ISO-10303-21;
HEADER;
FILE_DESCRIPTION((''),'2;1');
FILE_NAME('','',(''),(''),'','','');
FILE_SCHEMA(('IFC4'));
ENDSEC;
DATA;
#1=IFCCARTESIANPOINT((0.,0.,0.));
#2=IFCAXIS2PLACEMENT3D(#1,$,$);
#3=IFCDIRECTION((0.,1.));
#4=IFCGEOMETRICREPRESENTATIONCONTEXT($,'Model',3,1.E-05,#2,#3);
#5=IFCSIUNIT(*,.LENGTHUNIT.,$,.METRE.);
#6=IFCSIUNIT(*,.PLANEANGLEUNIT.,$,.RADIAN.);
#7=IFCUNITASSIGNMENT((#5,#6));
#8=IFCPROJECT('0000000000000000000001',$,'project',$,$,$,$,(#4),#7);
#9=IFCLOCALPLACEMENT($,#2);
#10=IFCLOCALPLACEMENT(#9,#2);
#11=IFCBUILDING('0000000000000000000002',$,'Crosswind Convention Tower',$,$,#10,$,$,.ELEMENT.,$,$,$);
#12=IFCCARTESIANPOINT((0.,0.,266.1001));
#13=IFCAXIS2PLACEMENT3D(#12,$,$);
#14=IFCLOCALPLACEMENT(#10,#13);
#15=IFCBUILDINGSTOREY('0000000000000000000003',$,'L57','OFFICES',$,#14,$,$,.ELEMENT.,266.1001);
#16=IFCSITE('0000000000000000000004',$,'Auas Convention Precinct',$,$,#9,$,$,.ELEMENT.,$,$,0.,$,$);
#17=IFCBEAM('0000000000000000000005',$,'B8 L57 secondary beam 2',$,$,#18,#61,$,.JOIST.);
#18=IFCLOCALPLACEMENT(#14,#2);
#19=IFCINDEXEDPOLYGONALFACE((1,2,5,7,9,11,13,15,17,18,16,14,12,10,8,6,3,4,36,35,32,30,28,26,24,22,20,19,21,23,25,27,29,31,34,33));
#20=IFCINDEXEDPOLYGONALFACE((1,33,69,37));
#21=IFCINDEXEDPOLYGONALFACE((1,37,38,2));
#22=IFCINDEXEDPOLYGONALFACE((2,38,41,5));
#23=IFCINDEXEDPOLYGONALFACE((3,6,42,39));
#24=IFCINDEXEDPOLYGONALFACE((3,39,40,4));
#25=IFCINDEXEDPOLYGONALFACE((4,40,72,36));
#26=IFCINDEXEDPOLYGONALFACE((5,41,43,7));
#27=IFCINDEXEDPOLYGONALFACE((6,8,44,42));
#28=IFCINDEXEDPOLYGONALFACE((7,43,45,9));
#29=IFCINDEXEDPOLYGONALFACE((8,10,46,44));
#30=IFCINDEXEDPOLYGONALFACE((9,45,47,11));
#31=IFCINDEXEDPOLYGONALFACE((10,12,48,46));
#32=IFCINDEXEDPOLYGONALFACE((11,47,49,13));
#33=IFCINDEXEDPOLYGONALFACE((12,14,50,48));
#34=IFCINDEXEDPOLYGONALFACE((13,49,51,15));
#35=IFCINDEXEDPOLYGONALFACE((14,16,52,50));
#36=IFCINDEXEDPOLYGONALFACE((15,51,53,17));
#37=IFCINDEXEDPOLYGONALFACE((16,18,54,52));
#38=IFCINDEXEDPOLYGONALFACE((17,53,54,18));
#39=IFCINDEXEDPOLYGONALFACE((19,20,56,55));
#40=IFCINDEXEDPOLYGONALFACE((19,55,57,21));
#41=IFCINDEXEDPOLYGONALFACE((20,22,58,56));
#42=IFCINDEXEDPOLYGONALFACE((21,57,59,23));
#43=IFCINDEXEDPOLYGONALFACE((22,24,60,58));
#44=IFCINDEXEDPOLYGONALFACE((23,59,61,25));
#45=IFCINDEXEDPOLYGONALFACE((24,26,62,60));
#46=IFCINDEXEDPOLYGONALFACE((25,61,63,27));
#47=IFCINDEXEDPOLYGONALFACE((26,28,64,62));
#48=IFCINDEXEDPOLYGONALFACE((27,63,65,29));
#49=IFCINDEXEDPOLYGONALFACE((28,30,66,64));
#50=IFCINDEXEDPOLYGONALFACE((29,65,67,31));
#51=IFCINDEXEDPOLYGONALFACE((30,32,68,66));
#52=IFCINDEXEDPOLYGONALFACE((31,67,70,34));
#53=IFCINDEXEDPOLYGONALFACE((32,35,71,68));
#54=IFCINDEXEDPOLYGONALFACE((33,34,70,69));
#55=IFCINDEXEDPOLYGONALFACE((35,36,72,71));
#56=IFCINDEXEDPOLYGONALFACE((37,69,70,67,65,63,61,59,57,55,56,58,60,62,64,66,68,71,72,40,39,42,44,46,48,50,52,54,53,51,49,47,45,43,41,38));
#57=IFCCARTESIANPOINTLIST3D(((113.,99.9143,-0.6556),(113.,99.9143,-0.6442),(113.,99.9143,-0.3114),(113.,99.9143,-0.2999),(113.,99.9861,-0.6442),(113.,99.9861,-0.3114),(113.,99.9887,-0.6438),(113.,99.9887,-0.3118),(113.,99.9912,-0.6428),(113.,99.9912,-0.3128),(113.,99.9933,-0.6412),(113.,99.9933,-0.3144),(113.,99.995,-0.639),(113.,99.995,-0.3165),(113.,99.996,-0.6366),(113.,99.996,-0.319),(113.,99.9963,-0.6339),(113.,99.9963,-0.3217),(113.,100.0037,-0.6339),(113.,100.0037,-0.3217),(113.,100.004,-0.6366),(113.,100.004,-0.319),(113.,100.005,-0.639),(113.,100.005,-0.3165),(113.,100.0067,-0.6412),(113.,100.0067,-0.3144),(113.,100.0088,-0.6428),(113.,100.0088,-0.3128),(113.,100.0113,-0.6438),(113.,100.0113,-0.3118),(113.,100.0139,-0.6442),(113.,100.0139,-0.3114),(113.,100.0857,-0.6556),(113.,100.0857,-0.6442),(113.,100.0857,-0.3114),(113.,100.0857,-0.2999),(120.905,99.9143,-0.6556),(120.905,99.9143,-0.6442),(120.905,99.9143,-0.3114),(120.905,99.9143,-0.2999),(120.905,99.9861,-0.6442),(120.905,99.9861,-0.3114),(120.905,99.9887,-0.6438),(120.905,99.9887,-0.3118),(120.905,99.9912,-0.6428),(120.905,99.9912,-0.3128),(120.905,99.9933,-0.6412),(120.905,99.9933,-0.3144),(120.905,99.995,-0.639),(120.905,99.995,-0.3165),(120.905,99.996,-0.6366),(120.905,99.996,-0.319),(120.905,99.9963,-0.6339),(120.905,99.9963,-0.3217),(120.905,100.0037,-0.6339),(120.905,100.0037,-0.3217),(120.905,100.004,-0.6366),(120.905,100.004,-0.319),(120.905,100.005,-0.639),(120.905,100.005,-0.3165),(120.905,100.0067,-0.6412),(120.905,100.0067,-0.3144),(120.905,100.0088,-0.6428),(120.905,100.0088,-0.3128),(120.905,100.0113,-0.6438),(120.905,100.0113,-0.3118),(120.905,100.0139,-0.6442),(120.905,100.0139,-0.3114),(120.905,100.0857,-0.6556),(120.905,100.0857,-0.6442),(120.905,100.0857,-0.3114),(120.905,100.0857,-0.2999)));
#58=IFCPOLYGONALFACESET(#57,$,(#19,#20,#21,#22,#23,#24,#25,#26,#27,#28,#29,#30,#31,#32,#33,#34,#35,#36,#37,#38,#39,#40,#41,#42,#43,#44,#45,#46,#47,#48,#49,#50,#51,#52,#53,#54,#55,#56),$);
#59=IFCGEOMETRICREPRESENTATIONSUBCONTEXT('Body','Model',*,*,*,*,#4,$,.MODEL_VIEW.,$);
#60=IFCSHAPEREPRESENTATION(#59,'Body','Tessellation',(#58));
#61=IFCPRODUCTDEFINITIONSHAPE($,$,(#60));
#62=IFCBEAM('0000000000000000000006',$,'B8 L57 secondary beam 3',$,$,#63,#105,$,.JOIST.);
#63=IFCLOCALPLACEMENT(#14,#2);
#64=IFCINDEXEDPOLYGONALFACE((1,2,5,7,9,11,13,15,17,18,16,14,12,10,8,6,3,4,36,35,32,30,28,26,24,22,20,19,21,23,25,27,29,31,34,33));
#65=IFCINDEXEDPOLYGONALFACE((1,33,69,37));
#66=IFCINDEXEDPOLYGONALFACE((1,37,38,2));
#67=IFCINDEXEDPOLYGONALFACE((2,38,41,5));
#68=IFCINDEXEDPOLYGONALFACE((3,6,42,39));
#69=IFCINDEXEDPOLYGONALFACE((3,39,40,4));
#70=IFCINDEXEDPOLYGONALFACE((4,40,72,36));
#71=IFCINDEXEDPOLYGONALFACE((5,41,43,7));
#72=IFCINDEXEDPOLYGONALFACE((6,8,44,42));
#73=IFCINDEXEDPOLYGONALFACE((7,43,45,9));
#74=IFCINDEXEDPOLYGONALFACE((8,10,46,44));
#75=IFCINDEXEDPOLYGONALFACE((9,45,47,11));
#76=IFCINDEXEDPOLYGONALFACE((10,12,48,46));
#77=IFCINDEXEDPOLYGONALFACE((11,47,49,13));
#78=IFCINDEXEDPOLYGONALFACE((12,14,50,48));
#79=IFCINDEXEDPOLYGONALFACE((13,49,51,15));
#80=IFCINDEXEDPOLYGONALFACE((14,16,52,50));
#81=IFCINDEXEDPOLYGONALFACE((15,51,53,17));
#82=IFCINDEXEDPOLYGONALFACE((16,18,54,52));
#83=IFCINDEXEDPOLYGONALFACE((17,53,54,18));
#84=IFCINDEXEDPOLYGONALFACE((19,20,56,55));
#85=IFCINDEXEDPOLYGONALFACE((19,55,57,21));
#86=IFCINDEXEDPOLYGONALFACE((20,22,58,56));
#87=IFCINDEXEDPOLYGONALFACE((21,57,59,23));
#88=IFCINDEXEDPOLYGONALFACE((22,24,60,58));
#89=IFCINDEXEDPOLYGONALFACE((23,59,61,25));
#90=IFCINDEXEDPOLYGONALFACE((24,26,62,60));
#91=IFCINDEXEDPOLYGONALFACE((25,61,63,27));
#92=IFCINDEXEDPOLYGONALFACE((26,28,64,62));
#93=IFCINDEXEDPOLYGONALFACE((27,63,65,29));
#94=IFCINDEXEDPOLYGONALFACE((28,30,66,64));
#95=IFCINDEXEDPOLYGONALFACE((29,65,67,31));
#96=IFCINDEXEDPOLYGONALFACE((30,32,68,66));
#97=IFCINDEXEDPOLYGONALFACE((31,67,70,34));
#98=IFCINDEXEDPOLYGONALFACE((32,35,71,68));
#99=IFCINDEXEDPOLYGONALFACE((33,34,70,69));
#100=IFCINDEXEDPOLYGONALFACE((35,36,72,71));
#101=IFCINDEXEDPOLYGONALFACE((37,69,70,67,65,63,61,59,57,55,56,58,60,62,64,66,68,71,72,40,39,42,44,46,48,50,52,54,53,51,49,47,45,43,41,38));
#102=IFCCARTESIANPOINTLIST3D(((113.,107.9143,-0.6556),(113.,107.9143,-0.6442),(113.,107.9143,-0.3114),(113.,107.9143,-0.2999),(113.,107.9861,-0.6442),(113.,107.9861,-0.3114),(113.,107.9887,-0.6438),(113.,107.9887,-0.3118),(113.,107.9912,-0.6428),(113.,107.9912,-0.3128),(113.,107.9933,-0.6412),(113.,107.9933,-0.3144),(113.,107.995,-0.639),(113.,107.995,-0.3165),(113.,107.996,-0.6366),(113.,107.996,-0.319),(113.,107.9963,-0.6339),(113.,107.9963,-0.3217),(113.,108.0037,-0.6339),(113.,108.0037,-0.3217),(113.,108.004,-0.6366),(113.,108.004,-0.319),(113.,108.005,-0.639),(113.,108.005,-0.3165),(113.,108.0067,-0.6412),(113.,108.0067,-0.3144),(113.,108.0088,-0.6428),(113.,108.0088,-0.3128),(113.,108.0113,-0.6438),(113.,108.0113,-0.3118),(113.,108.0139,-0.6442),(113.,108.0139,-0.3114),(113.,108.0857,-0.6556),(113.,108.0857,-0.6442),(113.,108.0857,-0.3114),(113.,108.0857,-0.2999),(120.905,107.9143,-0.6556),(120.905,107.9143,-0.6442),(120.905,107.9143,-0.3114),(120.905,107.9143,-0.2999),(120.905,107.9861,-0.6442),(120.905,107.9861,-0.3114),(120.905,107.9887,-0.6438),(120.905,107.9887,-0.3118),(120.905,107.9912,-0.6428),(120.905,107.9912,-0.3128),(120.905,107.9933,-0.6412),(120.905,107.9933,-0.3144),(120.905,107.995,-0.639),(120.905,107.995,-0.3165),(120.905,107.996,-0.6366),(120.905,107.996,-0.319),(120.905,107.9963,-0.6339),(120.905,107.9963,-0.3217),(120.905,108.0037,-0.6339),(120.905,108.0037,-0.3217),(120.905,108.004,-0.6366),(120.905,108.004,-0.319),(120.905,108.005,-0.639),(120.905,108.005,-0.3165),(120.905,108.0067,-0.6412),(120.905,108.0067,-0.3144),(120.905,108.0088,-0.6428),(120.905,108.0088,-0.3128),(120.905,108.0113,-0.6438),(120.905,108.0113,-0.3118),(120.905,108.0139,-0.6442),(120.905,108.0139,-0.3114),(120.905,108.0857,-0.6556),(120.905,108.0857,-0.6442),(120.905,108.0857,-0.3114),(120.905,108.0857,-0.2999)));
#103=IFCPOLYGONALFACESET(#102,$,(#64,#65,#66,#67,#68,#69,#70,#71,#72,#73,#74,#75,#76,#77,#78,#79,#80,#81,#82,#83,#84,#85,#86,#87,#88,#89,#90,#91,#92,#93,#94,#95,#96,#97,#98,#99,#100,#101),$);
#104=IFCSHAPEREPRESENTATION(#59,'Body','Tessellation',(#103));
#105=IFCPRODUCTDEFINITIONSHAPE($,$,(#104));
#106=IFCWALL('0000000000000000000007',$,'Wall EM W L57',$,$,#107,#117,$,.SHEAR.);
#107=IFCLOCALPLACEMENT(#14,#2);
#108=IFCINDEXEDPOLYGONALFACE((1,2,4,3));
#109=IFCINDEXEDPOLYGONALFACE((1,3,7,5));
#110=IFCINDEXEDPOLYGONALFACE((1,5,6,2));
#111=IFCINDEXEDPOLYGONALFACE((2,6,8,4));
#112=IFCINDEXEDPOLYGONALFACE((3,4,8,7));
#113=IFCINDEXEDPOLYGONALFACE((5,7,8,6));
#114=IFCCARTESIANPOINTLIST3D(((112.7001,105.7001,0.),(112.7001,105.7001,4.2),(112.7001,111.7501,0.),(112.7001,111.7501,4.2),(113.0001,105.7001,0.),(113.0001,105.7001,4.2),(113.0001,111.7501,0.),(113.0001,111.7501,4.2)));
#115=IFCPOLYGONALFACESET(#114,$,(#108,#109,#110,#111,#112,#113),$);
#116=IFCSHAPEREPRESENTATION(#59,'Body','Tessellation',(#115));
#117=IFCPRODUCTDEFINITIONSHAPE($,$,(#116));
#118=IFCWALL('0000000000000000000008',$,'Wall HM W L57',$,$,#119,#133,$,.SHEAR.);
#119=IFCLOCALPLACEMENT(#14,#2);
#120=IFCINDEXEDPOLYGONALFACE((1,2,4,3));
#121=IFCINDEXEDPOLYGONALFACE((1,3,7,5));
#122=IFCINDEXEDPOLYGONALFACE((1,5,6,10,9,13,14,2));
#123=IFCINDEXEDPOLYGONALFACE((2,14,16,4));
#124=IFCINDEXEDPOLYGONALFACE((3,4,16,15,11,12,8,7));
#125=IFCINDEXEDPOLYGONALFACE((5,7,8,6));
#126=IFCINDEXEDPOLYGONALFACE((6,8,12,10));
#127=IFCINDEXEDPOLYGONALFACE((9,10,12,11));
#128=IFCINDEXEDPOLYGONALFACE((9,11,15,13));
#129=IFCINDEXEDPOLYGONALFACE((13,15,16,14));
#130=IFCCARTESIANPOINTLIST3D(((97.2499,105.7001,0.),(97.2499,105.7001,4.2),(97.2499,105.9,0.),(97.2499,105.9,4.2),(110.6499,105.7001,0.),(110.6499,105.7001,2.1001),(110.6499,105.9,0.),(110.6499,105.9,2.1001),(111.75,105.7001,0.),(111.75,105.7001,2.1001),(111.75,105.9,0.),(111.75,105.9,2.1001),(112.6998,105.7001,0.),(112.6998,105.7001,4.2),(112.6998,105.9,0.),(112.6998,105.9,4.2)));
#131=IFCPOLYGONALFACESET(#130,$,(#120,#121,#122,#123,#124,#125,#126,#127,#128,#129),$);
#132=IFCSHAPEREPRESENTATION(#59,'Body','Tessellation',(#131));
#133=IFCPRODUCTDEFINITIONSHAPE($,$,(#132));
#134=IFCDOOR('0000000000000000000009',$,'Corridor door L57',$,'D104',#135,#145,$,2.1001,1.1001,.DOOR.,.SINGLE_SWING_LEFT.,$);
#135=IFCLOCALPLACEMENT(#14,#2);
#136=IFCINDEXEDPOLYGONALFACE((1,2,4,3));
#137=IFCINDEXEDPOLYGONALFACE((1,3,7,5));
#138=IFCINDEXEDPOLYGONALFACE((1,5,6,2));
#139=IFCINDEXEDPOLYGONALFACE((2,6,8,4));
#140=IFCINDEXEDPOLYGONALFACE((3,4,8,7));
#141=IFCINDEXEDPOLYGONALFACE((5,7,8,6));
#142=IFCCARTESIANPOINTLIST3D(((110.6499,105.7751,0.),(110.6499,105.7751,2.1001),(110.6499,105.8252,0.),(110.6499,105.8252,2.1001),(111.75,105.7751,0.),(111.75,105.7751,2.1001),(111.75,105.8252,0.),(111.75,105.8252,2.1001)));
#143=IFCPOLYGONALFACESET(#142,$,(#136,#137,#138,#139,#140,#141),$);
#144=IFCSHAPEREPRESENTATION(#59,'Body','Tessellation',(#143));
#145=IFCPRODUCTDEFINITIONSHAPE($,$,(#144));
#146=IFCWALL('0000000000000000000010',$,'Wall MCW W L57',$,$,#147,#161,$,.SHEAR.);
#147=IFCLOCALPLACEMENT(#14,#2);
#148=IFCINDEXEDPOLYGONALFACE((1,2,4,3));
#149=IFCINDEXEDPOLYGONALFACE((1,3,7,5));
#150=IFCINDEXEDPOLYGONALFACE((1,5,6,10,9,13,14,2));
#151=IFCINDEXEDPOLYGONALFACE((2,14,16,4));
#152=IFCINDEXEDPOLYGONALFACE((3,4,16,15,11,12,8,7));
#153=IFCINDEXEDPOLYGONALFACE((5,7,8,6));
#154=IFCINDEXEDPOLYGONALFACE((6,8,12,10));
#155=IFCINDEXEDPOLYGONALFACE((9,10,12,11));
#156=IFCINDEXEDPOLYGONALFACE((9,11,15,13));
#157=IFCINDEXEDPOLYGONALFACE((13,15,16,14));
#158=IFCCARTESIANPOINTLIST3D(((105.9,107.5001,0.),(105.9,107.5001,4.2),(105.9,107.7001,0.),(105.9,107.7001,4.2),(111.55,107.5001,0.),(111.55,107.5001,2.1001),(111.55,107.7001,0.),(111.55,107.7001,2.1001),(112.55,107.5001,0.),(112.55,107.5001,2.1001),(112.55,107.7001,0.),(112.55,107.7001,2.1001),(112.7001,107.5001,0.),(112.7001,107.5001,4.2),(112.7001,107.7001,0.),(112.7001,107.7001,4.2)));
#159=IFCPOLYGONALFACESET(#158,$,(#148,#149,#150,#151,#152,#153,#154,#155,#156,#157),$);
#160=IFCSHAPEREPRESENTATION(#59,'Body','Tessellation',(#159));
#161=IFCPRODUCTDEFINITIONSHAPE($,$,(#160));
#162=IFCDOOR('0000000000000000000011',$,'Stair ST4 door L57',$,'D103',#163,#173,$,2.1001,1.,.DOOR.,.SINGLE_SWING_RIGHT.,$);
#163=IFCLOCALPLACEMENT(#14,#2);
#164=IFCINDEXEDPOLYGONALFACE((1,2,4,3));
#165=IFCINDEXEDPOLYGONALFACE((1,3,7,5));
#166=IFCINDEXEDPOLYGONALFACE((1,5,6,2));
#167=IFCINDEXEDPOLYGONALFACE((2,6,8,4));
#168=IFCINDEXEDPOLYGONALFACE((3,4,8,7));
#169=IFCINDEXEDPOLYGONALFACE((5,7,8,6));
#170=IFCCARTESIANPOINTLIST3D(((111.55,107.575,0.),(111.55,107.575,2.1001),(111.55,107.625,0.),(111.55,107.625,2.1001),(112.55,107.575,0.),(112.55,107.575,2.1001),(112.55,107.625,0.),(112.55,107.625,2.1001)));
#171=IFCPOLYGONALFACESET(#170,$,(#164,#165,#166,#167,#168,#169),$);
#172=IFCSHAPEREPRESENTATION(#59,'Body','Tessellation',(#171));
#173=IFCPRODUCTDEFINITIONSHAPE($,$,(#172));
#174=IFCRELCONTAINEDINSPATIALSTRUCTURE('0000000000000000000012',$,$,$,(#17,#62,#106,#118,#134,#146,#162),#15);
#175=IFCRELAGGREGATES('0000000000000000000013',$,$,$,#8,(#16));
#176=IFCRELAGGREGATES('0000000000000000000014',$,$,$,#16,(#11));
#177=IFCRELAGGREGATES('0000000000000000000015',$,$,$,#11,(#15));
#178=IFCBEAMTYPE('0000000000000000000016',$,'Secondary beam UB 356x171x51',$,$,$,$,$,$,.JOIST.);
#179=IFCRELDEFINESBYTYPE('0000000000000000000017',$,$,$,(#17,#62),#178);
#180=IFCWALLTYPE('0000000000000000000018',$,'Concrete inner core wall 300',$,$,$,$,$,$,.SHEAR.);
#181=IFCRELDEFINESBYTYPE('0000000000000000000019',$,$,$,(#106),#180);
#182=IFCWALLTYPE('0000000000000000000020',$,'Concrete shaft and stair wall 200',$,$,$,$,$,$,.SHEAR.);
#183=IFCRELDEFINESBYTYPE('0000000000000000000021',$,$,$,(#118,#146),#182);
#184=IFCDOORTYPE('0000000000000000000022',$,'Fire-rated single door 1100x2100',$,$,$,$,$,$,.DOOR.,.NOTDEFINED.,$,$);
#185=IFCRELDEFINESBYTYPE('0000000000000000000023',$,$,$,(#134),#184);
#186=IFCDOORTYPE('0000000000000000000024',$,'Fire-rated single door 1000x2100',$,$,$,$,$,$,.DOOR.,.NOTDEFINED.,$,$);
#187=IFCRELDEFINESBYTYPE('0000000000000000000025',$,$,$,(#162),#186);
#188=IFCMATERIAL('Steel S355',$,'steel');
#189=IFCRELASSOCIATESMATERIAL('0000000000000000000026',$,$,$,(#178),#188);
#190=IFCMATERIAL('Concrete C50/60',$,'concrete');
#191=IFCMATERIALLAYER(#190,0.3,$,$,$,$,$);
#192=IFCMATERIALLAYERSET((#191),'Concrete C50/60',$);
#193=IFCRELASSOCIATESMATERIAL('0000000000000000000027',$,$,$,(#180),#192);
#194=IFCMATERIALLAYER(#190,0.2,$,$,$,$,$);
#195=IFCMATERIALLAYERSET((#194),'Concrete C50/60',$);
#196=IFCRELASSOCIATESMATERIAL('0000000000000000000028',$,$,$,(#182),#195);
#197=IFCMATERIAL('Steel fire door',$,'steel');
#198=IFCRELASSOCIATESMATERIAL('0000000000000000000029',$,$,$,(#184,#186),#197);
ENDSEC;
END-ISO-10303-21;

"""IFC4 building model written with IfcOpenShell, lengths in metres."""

from ifc_helpers import new_model, si_unit, direction, frame, frame_2d, origin, origin_2d, place, context, subcontext, project, spatial, rectangle, i_section, extrude, material, layer, layer_set, material_profile, profile_set, type_object, element, fill, save


model = new_model("IFC4")

# Units and contexts
model_context = context("Model", 3, precision=1e-05, world=origin(), true_north=direction((0.0, 1.0)))
body_context = subcontext(model_context, "Body", "Model", "MODEL_VIEW")
ifc_project = project(units=[si_unit("LENGTHUNIT", "METRE"), si_unit("PLANEANGLEUNIT", "RADIAN")], contexts=[model_context])

# Site, building, storey
site_placement = place(None, origin())
site = spatial("IfcSite", under=ifc_project, at=site_placement, Name="Auas Convention Precinct", CompositionType="ELEMENT", RefElevation=0.0)
building_placement = place(site_placement, origin())
building = spatial("IfcBuilding", under=site, at=building_placement, Name="Crosswind Convention Tower", CompositionType="ELEMENT")
storey_placement = place(building_placement, frame((0.0, 0.0, 266.1001)))
storey = spatial("IfcBuildingStorey", under=building, at=storey_placement, Name="L57", Description="OFFICES", CompositionType="ELEMENT", Elevation=266.1001)

# Beams
ifc_material_1 = material(Name="Steel S355", Category="steel")
ifc_material_profile_1 = material_profile(ifc_material_1, i_section(OverallWidth=0.1714, OverallDepth=0.3557, WebThickness=0.0073, FlangeThickness=0.0115, FilletRadius=0.0103, at=origin_2d()), Name="UB 356x171x51")
ifc_profile_set_1 = profile_set([ifc_material_profile_1], Name="Steel S355")
beam_type_1 = type_object("IfcBeamType", Name="Secondary beam UB 356x171x51", PredefinedType="JOIST", material=ifc_profile_set_1)
for number, where, z_axis, x_axis, name in (
    (1, (113.0, 100.0, -0.4778), (1.0, 0.0, 0.0), (0.0, 1.0, 0.0), "B8 L57 secondary beam 2"),
    (2, (113.0, 108.0, -0.4778), (1.0, 0.0, 0.0), (0.0, 1.0, 0.0), "B8 L57 secondary beam 3"),
):
    element("IfcBeam", number, at=place(storey_placement, frame(where, z_axis=z_axis, x_axis=x_axis)), inside=storey, type_object=beam_type_1, Name=name, PredefinedType="JOIST", context=body_context, shape_type="SweptSolid", body=[
        extrude(i_section(OverallWidth=0.1714, OverallDepth=0.3557, WebThickness=0.0073, FlangeThickness=0.0115, FilletRadius=0.0103, at=origin_2d()), origin(), (0.0, 0.0, 1.0), 7.905),
    ])

# Shared definitions
ifc_material_2 = material(Name="Concrete C50/60", Category="concrete")
ifc_layer_1 = layer(ifc_material_2, 0.3)
ifc_layer_set_1 = layer_set([ifc_layer_1], Name="Concrete C50/60")
wall_type_1 = type_object("IfcWallType", Name="Concrete inner core wall 300", PredefinedType="SHEAR", material=ifc_layer_set_1)

# Wall
wall_1_placement = place(storey_placement, frame((112.8501, 111.75, 0.0), z_axis=(0.0, 0.0, 1.0), x_axis=(0.0, -1.0, 0.0)))
element("IfcWall", 3, at=wall_1_placement, inside=storey, type_object=wall_type_1, Name="Wall EM W L57", PredefinedType="SHEAR", context=body_context, shape_type="SweptSolid", body=[
    extrude(rectangle(XDim=6.05, YDim=0.3, at=frame_2d((3.0249, 0.0))), origin(), (0.0, 0.0, 1.0), 4.2),
])

# Walls, openings, doors
ifc_layer_2 = layer(ifc_material_2, 0.2)
ifc_layer_set_2 = layer_set([ifc_layer_2], Name="Concrete C50/60")
wall_type_2 = type_object("IfcWallType", Name="Concrete shaft and stair wall 200", PredefinedType="SHEAR", material=ifc_layer_set_2)
wall_2_placement = place(storey_placement, frame((112.7, 105.8, 0.0), z_axis=(0.0, 0.0, 1.0), x_axis=(-1.0, 0.0, 0.0)))
wall_2 = element("IfcWall", 4, at=wall_2_placement, inside=storey, type_object=wall_type_2, Name="Wall HM W L57", PredefinedType="SHEAR", context=body_context, shape_type="SweptSolid", body=[
    extrude(rectangle(XDim=15.45, YDim=0.2, at=frame_2d((7.7251, 0.0))), origin(), (0.0, 0.0, 1.0), 4.2),
])
opening_1_placement = place(wall_2_placement, frame((0.95, 0.0, 0.0)))
opening_1 = element("IfcOpeningElement", 5, at=opening_1_placement, cuts=wall_2, PredefinedType="OPENING", context=body_context, shape_type="SweptSolid", body=[
    extrude(rectangle(XDim=1.1001, YDim=2.1001, at=frame_2d((0.55, 1.05))), frame((0.0, 0.1099, 0.0), z_axis=(0.0, -1.0, 0.0), x_axis=(1.0, 0.0, 0.0)), (0.0, 0.0, 1.0), 0.22),
])
ifc_material_3 = material(Name="Steel fire door", Category="steel")
door_type_1 = type_object("IfcDoorType", Name="Fire-rated single door 1100x2100", OperationType="NOTDEFINED", PredefinedType="DOOR", material=ifc_material_3)
door_1_placement = place(opening_1_placement, origin())
door_1 = element("IfcDoor", 6, at=door_1_placement, inside=storey, type_object=door_type_1, Name="Corridor door L57", ObjectType="D104", OperationType="SINGLE_SWING_LEFT", OverallHeight=2.1001, OverallWidth=1.1001, PredefinedType="DOOR", context=body_context, shape_type="SweptSolid", body=[
    extrude(rectangle(XDim=1.1001, YDim=2.1001, at=frame_2d((0.55, 1.05))), frame((0.0, 0.0249, 0.0), z_axis=(0.0, -1.0, 0.0), x_axis=(1.0, 0.0, 0.0)), (0.0, 0.0, 1.0), 0.05),
])
fill(opening_1, door_1)
wall_3_placement = place(storey_placement, frame((112.7, 107.6001, 0.0), z_axis=(0.0, 0.0, 1.0), x_axis=(-1.0, 0.0, 0.0)))
wall_3 = element("IfcWall", 7, at=wall_3_placement, inside=storey, type_object=wall_type_2, Name="Wall MCW W L57", PredefinedType="SHEAR", context=body_context, shape_type="SweptSolid", body=[
    extrude(rectangle(XDim=6.8, YDim=0.2, at=frame_2d((3.3999, 0.0))), origin(), (0.0, 0.0, 1.0), 4.2),
])
opening_2_placement = place(wall_3_placement, frame((0.1499, 0.0, 0.0)))
opening_2 = element("IfcOpeningElement", 8, at=opening_2_placement, cuts=wall_3, PredefinedType="OPENING", context=body_context, shape_type="SweptSolid", body=[
    extrude(rectangle(XDim=1.0, YDim=2.1001, at=frame_2d((0.5, 1.05))), frame((0.0, 0.1099, 0.0), z_axis=(0.0, -1.0, 0.0), x_axis=(1.0, 0.0, 0.0)), (0.0, 0.0, 1.0), 0.22),
])
door_type_2 = type_object("IfcDoorType", Name="Fire-rated single door 1000x2100", OperationType="NOTDEFINED", PredefinedType="DOOR", material=ifc_material_3)
door_2_placement = place(opening_2_placement, frame((1.0, 0.0, 0.0), z_axis=(0.0, 0.0, 1.0), x_axis=(-1.0, 0.0, 0.0)))
door_2 = element("IfcDoor", 9, at=door_2_placement, inside=storey, type_object=door_type_2, Name="Stair ST4 door L57", ObjectType="D103", OperationType="SINGLE_SWING_RIGHT", OverallHeight=2.1001, OverallWidth=1.0, PredefinedType="DOOR", context=body_context, shape_type="SweptSolid", body=[
    extrude(rectangle(XDim=1.0, YDim=2.1001, at=frame_2d((0.5, 1.05))), frame((0.0, 0.0249, 0.0), z_axis=(0.0, -1.0, 0.0), x_axis=(1.0, 0.0, 0.0)), (0.0, 0.0, 1.0), 0.05),
])
fill(opening_2, door_2)

save(model, "model.ifc")
